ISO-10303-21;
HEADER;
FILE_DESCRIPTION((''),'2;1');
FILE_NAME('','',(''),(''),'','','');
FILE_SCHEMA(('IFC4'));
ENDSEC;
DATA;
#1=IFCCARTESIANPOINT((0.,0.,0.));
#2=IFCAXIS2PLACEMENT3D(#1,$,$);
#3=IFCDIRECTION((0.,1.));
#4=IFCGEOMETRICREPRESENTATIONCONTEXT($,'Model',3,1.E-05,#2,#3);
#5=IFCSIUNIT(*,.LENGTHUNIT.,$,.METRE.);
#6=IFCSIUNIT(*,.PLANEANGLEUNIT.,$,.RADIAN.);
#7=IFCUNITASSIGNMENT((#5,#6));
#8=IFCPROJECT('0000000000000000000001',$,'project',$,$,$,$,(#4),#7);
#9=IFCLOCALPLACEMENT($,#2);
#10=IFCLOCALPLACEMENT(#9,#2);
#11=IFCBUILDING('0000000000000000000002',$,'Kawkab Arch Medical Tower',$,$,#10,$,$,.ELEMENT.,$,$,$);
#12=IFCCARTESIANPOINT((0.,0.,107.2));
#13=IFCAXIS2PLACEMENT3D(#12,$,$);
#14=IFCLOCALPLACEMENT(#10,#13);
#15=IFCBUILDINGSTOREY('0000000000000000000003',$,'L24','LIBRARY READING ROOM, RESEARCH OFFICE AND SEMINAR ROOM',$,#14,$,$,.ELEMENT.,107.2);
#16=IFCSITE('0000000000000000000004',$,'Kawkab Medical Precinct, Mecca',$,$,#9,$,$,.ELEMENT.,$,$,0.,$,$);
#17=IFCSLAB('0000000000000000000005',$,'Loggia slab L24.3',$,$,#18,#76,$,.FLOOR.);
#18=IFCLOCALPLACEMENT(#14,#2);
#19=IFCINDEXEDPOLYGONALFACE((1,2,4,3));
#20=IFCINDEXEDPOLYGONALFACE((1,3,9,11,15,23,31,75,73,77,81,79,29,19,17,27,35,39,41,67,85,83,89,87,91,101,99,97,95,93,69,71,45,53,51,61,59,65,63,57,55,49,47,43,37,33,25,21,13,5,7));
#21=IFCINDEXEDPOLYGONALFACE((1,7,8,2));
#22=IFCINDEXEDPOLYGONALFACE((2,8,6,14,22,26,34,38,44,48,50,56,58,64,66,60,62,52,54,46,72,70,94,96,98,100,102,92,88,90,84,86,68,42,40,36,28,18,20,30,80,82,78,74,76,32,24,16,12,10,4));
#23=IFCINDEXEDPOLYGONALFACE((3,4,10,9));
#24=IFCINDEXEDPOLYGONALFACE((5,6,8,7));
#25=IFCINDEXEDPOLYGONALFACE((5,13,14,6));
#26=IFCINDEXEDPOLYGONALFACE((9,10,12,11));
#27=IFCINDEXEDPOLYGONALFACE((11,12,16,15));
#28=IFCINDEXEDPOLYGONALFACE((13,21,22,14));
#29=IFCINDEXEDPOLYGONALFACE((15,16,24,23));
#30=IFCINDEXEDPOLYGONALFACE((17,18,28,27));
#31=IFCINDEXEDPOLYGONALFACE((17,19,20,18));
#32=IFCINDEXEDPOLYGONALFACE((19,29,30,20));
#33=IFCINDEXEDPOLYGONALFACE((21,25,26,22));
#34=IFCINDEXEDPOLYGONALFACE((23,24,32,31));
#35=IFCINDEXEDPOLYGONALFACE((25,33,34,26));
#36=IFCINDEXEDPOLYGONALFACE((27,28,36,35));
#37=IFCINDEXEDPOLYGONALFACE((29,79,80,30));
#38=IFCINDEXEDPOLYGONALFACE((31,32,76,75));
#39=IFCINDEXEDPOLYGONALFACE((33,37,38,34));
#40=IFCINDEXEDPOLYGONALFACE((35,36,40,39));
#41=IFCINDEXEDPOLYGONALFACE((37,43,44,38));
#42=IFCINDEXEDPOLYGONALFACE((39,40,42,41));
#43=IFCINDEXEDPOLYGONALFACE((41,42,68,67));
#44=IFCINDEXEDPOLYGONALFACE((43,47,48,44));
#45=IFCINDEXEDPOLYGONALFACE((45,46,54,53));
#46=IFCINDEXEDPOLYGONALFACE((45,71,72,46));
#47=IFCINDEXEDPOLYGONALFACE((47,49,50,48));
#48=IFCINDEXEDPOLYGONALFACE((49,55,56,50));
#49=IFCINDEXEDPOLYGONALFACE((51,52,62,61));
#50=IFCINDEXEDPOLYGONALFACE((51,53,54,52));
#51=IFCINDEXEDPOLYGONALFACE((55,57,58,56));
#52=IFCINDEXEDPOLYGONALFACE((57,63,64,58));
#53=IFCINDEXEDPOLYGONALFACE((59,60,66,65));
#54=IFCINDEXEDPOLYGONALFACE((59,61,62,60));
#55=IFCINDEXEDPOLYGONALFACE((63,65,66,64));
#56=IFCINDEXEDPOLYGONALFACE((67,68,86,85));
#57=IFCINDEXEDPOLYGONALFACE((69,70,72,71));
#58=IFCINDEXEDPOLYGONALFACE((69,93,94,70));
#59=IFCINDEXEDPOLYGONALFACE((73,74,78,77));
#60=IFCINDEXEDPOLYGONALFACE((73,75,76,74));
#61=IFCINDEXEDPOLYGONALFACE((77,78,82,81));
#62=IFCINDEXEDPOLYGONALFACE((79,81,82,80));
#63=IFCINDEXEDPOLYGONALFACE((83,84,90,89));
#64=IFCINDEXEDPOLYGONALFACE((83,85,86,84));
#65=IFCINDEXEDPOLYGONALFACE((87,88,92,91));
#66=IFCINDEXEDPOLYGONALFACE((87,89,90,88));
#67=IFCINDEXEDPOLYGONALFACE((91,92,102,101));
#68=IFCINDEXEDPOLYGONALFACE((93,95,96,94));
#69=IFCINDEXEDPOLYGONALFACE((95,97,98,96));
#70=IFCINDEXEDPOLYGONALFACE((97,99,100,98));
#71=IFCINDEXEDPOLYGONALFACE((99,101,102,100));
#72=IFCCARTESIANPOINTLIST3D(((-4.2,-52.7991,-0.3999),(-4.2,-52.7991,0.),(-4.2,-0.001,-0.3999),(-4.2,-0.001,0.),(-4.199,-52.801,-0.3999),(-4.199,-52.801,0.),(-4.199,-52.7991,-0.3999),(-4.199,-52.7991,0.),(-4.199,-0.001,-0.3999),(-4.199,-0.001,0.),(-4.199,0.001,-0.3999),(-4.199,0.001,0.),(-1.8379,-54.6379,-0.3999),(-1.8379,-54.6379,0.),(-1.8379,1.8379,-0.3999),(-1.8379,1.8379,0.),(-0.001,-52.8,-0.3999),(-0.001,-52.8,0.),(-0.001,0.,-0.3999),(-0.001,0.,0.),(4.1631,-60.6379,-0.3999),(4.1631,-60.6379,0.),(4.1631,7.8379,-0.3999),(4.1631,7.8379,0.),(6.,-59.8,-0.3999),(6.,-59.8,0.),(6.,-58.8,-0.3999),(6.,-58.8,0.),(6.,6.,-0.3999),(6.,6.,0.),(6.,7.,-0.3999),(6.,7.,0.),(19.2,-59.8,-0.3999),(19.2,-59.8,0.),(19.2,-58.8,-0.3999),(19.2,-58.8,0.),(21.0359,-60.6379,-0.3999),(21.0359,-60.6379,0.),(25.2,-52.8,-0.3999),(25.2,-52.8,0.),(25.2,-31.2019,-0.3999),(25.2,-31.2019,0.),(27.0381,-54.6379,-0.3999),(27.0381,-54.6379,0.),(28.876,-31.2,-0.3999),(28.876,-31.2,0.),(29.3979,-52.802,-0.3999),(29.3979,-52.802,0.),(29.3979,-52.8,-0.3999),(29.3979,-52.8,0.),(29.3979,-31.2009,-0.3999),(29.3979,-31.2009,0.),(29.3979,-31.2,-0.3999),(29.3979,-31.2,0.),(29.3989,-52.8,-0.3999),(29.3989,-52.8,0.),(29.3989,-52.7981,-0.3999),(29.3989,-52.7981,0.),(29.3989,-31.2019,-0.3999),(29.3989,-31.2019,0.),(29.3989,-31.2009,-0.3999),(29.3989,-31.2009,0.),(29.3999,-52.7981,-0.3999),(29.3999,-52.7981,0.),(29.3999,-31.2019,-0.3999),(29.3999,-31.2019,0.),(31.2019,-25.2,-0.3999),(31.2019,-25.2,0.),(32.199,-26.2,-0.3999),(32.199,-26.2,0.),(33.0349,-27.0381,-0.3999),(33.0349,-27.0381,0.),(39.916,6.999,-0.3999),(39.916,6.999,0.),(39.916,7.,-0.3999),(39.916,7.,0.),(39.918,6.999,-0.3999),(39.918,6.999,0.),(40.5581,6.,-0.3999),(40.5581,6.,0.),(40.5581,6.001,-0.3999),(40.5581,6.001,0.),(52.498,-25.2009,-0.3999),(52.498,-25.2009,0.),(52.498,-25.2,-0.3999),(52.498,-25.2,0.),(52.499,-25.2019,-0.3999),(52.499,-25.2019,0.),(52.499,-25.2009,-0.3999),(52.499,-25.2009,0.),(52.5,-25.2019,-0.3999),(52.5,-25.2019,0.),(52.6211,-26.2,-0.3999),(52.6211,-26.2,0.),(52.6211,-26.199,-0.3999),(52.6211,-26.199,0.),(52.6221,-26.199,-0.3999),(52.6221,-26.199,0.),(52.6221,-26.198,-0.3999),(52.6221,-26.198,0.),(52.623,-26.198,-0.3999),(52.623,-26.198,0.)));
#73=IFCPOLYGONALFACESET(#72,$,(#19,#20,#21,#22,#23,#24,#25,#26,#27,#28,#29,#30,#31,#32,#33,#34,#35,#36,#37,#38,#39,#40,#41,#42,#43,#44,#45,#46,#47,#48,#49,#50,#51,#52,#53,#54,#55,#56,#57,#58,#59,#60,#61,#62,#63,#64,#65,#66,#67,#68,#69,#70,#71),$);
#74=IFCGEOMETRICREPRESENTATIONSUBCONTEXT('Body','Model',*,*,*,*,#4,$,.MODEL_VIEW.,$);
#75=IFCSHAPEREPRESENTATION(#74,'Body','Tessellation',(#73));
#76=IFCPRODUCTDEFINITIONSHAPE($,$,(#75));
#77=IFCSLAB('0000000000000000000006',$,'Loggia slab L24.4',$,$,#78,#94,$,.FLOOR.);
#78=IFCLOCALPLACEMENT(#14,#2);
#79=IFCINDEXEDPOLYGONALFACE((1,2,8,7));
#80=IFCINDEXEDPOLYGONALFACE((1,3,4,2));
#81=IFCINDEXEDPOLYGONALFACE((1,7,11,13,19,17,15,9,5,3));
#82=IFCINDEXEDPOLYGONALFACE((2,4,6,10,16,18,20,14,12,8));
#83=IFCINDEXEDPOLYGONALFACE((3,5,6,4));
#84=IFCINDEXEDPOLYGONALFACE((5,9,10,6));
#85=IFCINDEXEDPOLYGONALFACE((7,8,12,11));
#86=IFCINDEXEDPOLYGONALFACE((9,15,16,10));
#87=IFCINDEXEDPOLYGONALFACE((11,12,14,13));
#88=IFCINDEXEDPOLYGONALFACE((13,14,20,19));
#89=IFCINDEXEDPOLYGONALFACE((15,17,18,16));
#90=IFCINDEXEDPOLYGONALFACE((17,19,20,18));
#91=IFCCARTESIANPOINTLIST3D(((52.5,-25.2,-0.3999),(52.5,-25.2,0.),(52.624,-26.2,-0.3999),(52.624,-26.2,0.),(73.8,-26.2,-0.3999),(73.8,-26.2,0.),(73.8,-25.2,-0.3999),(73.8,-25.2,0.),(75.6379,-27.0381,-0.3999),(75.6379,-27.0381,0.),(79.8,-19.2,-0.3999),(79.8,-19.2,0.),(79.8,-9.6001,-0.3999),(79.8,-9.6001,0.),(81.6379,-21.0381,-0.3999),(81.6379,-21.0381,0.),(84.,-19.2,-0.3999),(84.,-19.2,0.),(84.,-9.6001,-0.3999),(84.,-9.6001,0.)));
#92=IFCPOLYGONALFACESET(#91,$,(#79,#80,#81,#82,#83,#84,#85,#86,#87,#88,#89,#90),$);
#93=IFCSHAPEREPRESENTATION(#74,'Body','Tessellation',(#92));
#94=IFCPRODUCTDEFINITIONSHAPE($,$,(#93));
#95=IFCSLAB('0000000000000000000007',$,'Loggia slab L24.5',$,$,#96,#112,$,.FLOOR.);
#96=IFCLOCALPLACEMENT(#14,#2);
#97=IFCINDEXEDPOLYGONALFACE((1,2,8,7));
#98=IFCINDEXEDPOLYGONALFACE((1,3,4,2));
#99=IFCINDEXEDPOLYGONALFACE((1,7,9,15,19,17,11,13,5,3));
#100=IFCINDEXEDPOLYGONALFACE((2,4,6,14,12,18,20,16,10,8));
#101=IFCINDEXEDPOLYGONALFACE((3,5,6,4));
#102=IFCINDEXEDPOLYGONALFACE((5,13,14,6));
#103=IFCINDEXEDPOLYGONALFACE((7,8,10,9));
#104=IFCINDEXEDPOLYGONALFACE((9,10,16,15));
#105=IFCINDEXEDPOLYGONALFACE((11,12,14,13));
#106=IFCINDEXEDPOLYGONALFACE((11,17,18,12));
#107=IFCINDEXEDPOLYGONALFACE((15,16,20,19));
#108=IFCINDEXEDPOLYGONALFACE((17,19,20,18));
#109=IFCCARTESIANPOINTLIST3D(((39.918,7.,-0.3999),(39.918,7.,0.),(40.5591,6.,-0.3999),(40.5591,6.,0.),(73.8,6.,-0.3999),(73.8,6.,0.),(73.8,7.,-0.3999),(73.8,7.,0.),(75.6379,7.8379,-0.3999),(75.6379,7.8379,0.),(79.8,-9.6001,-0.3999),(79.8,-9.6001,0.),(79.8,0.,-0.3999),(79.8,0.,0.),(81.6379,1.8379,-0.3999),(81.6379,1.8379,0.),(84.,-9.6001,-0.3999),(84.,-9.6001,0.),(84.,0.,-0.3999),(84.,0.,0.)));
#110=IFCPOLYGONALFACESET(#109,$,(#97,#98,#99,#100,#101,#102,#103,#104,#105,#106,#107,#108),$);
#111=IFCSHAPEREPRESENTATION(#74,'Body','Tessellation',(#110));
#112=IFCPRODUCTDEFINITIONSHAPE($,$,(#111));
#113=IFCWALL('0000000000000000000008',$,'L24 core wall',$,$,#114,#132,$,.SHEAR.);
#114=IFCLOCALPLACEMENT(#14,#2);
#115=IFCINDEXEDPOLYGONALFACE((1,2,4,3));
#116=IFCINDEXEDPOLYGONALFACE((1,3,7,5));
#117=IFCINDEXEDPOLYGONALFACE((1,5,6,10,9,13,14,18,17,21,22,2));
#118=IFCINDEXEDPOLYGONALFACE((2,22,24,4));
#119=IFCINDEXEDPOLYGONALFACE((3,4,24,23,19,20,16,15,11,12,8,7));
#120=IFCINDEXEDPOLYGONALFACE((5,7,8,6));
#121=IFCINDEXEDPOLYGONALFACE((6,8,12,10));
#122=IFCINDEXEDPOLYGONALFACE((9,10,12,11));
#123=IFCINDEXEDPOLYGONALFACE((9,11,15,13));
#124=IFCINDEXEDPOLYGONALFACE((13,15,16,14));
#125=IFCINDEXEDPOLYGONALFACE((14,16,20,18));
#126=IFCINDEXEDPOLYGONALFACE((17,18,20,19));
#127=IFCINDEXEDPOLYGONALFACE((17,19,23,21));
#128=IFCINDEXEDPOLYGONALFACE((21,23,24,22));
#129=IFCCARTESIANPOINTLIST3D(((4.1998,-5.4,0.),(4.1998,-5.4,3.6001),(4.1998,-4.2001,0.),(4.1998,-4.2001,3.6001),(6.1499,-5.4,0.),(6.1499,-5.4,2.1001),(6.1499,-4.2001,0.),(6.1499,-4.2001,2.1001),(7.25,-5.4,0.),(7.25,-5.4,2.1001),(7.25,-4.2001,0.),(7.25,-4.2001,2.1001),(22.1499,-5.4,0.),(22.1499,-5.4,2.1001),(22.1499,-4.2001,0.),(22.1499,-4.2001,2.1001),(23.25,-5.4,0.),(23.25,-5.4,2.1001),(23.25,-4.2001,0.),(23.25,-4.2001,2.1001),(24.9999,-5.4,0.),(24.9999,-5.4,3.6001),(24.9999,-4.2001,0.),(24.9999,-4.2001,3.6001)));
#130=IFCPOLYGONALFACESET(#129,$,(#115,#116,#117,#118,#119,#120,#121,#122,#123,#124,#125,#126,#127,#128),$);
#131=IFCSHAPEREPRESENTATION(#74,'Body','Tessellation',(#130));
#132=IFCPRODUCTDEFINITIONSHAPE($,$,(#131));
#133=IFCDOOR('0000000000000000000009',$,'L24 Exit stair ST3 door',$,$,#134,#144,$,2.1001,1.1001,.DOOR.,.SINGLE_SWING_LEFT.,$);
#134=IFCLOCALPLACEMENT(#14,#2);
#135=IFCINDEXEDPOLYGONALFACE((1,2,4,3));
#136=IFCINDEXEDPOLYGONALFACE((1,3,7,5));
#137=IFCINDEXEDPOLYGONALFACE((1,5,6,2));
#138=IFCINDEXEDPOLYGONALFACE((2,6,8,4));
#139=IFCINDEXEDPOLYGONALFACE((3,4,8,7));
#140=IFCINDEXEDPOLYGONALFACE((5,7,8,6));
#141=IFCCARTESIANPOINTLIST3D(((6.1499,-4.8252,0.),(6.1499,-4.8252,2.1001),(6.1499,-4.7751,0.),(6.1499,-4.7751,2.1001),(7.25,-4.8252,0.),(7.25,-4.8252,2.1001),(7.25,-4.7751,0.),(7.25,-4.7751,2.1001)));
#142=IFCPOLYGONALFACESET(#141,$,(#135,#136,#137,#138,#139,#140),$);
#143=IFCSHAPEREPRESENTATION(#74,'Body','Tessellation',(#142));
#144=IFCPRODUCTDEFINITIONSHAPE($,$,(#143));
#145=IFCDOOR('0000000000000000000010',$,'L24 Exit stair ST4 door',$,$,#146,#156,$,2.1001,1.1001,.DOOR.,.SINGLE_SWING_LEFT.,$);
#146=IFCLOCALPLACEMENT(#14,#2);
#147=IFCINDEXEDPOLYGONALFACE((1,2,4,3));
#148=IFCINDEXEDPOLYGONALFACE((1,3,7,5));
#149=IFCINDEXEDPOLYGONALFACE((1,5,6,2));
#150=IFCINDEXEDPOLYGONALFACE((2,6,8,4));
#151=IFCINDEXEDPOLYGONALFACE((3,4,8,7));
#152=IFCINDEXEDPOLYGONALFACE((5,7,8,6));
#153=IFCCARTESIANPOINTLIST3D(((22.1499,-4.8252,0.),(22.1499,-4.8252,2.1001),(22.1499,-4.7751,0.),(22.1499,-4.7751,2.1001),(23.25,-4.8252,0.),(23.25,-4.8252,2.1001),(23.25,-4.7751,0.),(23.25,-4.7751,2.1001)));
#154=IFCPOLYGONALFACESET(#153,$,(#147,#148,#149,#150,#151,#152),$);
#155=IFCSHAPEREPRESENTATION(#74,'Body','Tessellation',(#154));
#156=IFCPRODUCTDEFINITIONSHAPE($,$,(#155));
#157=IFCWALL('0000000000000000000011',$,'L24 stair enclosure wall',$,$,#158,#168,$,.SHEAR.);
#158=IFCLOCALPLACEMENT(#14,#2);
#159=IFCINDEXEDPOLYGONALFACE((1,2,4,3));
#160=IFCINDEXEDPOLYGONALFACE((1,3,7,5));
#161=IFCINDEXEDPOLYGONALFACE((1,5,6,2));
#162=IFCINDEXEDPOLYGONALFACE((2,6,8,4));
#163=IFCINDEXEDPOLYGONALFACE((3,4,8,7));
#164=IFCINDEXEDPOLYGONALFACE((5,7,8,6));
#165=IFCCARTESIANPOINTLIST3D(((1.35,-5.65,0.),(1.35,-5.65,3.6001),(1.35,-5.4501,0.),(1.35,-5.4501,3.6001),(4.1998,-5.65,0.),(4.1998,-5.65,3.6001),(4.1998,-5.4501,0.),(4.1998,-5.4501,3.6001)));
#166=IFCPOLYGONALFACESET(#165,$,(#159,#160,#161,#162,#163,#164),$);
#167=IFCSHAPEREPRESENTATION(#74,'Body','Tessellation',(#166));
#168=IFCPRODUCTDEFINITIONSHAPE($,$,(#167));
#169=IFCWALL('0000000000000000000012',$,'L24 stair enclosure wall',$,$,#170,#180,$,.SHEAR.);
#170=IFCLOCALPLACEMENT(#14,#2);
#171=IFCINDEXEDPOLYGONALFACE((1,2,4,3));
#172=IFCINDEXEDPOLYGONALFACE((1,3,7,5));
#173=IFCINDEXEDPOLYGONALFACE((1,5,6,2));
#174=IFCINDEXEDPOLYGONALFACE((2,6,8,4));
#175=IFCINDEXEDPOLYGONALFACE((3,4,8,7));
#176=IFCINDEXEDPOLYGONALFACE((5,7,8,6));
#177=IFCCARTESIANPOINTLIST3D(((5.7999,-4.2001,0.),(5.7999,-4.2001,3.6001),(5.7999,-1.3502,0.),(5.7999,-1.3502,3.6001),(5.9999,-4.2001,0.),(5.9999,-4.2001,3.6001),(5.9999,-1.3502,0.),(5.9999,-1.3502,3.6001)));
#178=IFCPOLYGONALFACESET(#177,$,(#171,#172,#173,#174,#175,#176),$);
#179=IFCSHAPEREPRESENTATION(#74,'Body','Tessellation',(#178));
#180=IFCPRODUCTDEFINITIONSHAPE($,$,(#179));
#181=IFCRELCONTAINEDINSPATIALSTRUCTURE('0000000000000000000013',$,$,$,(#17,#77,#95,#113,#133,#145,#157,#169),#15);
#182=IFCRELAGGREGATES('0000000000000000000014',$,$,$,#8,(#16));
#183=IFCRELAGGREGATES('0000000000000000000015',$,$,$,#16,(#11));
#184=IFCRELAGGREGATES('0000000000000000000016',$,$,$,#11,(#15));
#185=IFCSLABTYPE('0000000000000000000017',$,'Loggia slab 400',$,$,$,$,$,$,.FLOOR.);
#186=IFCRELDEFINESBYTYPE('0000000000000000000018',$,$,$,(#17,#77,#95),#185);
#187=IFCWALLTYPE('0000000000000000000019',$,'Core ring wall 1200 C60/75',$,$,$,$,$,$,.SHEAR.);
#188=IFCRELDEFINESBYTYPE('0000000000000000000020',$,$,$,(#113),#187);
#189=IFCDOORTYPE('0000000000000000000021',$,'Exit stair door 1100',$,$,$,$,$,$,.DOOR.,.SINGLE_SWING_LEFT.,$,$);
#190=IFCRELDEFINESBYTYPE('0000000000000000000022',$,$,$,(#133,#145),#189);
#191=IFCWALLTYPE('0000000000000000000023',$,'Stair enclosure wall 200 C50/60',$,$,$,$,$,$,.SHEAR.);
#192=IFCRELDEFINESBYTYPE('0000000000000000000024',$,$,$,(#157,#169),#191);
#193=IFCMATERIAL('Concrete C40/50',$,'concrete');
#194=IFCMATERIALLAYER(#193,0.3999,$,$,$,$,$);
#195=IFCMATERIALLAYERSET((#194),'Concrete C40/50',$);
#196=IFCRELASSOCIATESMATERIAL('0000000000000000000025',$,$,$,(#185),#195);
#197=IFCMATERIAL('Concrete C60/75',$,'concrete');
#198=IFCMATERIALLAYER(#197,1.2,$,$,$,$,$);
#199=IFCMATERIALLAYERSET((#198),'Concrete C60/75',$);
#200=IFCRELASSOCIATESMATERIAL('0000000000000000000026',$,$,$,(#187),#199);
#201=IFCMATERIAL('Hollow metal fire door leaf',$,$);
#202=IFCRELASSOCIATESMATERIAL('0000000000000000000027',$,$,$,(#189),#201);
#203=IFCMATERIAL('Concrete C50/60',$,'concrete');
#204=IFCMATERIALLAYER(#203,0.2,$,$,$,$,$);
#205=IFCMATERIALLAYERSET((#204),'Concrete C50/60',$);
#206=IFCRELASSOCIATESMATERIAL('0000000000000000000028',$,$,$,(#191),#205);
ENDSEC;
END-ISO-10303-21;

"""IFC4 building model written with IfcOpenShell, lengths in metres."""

from ifc_helpers import new_model, si_unit, direction, frame, frame_2d, origin, place, context, subcontext, project, spatial, polyline, rectangle, outline, extrude, material, layer, layer_set, type_object, element, fill, save


model = new_model("IFC4")

# Units and contexts
model_context = context("Model", 3, precision=1e-05, world=origin(), true_north=direction((0.0, 1.0)))
body_context = subcontext(model_context, "Body", "Model", "MODEL_VIEW")
ifc_project = project(units=[si_unit("LENGTHUNIT", "METRE"), si_unit("PLANEANGLEUNIT", "RADIAN")], contexts=[model_context])

# Site, building, storey
site_placement = place(None, origin())
site = spatial("IfcSite", under=ifc_project, at=site_placement, Name="Kawkab Medical Precinct, Mecca", CompositionType="ELEMENT", RefElevation=0.0)
building_placement = place(site_placement, origin())
building = spatial("IfcBuilding", under=site, at=building_placement, Name="Kawkab Arch Medical Tower", CompositionType="ELEMENT")
storey_placement = place(building_placement, frame((0.0, 0.0, 107.2)))
storey = spatial("IfcBuildingStorey", under=building, at=storey_placement, Name="L24", Description="LIBRARY READING ROOM, RESEARCH OFFICE AND SEMINAR ROOM", CompositionType="ELEMENT", Elevation=107.2)

# Slabs
ifc_material_1 = material(Name="Concrete C40/50", Category="concrete")
ifc_layer_1 = layer(ifc_material_1, 0.3999)
ifc_layer_set_1 = layer_set([ifc_layer_1], Name="Concrete C40/50")
slab_type_1 = type_object("IfcSlabType", Name="Loggia slab 400", PredefinedType="FLOOR", material=ifc_layer_set_1)
placement_1 = place(storey_placement, frame((0.0, 0.0, -0.3999)))
element("IfcSlab", 1, at=placement_1, inside=storey, type_object=slab_type_1, Name="Loggia slab L24.3", PredefinedType="FLOOR", context=body_context, shape_type="SweptSolid", body=[
    extrude(outline(polyline([(-4.2, -52.7991), (-4.2, -0.001), (-4.199, -0.001), (-4.199, 0.001), (-1.8379, 1.8379), (4.1631, 7.8379), (6.0, 7.0), (39.916, 7.0), (39.916, 6.999), (39.918, 6.999), (40.5581, 6.001), (40.5581, 6.0), (6.0, 6.0), (-0.001, 0.0), (-0.001, -52.8), (6.0, -58.8), (19.2, -58.8), (25.2, -52.8), (25.2, -31.2019), (31.2019, -25.2), (52.498, -25.2), (52.498, -25.2009), (52.499, -25.2009), (52.499, -25.2019), (52.5, -25.2019), (52.623, -26.198), (52.6221, -26.198), (52.6221, -26.199), (52.6211, -26.199), (52.6211, -26.2), (32.199, -26.2), (33.0349, -27.0381), (28.876, -31.2), (29.3979, -31.2), (29.3979, -31.2009), (29.3989, -31.2009), (29.3989, -31.2019), (29.3999, -31.2019), (29.3999, -52.7981), (29.3989, -52.7981), (29.3989, -52.8), (29.3979, -52.8), (29.3979, -52.802), (27.0381, -54.6379), (21.0359, -60.6379), (19.2, -59.8), (6.0, -59.8), (4.1631, -60.6379), (-1.8379, -54.6379), (-4.199, -52.801), (-4.199, -52.7991), (-4.2, -52.7991)])), origin(), (0.0, 0.0, 1.0), 0.3999),
])
element("IfcSlab", 2, at=placement_1, inside=storey, type_object=slab_type_1, Name="Loggia slab L24.4", PredefinedType="FLOOR", context=body_context, shape_type="SweptSolid", body=[
    extrude(outline(polyline([(81.6379, -21.0381), (75.6379, -27.0381), (73.8, -26.2), (52.624, -26.2), (52.5, -25.2), (73.8, -25.2), (79.8, -19.2), (79.8, -9.6001), (84.0, -9.6001), (84.0, -19.2), (81.6379, -21.0381)])), origin(), (0.0, 0.0, 1.0), 0.3999),
])
element("IfcSlab", 3, at=placement_1, inside=storey, type_object=slab_type_1, Name="Loggia slab L24.5", PredefinedType="FLOOR", context=body_context, shape_type="SweptSolid", body=[
    extrude(outline(polyline([(75.6379, 7.8379), (81.6379, 1.8379), (84.0, 0.0), (84.0, -9.6001), (79.8, -9.6001), (79.8, 0.0), (73.8, 6.0), (40.5591, 6.0), (39.918, 7.0), (73.8, 7.0), (75.6379, 7.8379)])), origin(), (0.0, 0.0, 1.0), 0.3999),
])

# Wall, openings, doors
ifc_material_2 = material(Name="Concrete C60/75", Category="concrete")
ifc_layer_2 = layer(ifc_material_2, 1.2)
ifc_layer_set_2 = layer_set([ifc_layer_2], Name="Concrete C60/75")
wall_type_1 = type_object("IfcWallType", Name="Core ring wall 1200 C60/75", PredefinedType="SHEAR", material=ifc_layer_set_2)
wall_1_placement = place(storey_placement, frame((4.2, -4.8, 0.0), z_axis=(0.0, 0.0, 1.0), x_axis=(1.0, 0.0, 0.0)))
wall_1 = element("IfcWall", 4, at=wall_1_placement, inside=storey, type_object=wall_type_1, Name="L24 core wall", PredefinedType="SHEAR", context=body_context, shape_type="SweptSolid", body=[
    extrude(rectangle(XDim=20.8, YDim=1.2, at=frame_2d((10.3999, 0.0))), origin(), (0.0, 0.0, 1.0), 3.6001),
])
opening_1_placement = place(wall_1_placement, frame((1.95, 0.0, 0.0)))
opening_1 = element("IfcOpeningElement", 5, at=opening_1_placement, cuts=wall_1, PredefinedType="OPENING", context=body_context, shape_type="SweptSolid", body=[
    extrude(rectangle(XDim=1.1001, YDim=2.1001, at=frame_2d((0.55, 1.05))), frame((0.0, 0.6099, 0.0), z_axis=(0.0, -1.0, 0.0), x_axis=(1.0, 0.0, 0.0)), (0.0, 0.0, 1.0), 1.22),
])
opening_2_placement = place(wall_1_placement, frame((17.95, 0.0, 0.0)))
opening_2 = element("IfcOpeningElement", 6, at=opening_2_placement, cuts=wall_1, PredefinedType="OPENING", context=body_context, shape_type="SweptSolid", body=[
    extrude(rectangle(XDim=1.1001, YDim=2.1001, at=frame_2d((0.55, 1.05))), frame((0.0, 0.6099, 0.0), z_axis=(0.0, -1.0, 0.0), x_axis=(1.0, 0.0, 0.0)), (0.0, 0.0, 1.0), 1.22),
])
ifc_material_3 = material(Name="Hollow metal fire door leaf")
door_type = type_object("IfcDoorType", Name="Exit stair door 1100", OperationType="SINGLE_SWING_LEFT", PredefinedType="DOOR", material=ifc_material_3)
door_1_placement = place(opening_1_placement, origin())
door_1 = element("IfcDoor", 7, at=door_1_placement, inside=storey, type_object=door_type, Name="L24 Exit stair ST3 door", OperationType="SINGLE_SWING_LEFT", OverallHeight=2.1001, OverallWidth=1.1001, PredefinedType="DOOR", context=body_context, shape_type="SweptSolid", body=[
    extrude(rectangle(XDim=1.1001, YDim=2.1001, at=frame_2d((0.55, 1.05))), frame((0.0, 0.0249, 0.0), z_axis=(0.0, -1.0, 0.0), x_axis=(1.0, 0.0, 0.0)), (0.0, 0.0, 1.0), 0.05),
])
fill(opening_1, door_1)
door_2_placement = place(opening_2_placement, origin())
door_2 = element("IfcDoor", 8, at=door_2_placement, inside=storey, type_object=door_type, Name="L24 Exit stair ST4 door", OperationType="SINGLE_SWING_LEFT", OverallHeight=2.1001, OverallWidth=1.1001, PredefinedType="DOOR", context=body_context, shape_type="SweptSolid", body=[
    extrude(rectangle(XDim=1.1001, YDim=2.1001, at=frame_2d((0.55, 1.05))), frame((0.0, 0.0249, 0.0), z_axis=(0.0, -1.0, 0.0), x_axis=(1.0, 0.0, 0.0)), (0.0, 0.0, 1.0), 0.05),
])
fill(opening_2, door_2)

# Walls
ifc_material_4 = material(Name="Concrete C50/60", Category="concrete")
ifc_layer_3 = layer(ifc_material_4, 0.2)
ifc_layer_set_3 = layer_set([ifc_layer_3], Name="Concrete C50/60")
wall_type_2 = type_object("IfcWallType", Name="Stair enclosure wall 200 C50/60", PredefinedType="SHEAR", material=ifc_layer_set_3)
for number, where, z_axis, x_axis, name in (
    (9, (1.3501, -5.55, 0.0), (0.0, 0.0, 1.0), (1.0, 0.0, 0.0), "L24 stair enclosure wall"),
    (10, (5.8999, -4.2, 0.0), (0.0, 0.0, 1.0), (0.0, 1.0, 0.0), "L24 stair enclosure wall"),
):
    element("IfcWall", number, at=place(storey_placement, frame(where, z_axis=z_axis, x_axis=x_axis)), inside=storey, type_object=wall_type_2, Name=name, PredefinedType="SHEAR", context=body_context, shape_type="SweptSolid", body=[
        extrude(rectangle(XDim=2.8499, YDim=0.2, at=frame_2d((1.4248, 0.0))), origin(), (0.0, 0.0, 1.0), 3.6001),
    ])

save(model, "model.ifc")
